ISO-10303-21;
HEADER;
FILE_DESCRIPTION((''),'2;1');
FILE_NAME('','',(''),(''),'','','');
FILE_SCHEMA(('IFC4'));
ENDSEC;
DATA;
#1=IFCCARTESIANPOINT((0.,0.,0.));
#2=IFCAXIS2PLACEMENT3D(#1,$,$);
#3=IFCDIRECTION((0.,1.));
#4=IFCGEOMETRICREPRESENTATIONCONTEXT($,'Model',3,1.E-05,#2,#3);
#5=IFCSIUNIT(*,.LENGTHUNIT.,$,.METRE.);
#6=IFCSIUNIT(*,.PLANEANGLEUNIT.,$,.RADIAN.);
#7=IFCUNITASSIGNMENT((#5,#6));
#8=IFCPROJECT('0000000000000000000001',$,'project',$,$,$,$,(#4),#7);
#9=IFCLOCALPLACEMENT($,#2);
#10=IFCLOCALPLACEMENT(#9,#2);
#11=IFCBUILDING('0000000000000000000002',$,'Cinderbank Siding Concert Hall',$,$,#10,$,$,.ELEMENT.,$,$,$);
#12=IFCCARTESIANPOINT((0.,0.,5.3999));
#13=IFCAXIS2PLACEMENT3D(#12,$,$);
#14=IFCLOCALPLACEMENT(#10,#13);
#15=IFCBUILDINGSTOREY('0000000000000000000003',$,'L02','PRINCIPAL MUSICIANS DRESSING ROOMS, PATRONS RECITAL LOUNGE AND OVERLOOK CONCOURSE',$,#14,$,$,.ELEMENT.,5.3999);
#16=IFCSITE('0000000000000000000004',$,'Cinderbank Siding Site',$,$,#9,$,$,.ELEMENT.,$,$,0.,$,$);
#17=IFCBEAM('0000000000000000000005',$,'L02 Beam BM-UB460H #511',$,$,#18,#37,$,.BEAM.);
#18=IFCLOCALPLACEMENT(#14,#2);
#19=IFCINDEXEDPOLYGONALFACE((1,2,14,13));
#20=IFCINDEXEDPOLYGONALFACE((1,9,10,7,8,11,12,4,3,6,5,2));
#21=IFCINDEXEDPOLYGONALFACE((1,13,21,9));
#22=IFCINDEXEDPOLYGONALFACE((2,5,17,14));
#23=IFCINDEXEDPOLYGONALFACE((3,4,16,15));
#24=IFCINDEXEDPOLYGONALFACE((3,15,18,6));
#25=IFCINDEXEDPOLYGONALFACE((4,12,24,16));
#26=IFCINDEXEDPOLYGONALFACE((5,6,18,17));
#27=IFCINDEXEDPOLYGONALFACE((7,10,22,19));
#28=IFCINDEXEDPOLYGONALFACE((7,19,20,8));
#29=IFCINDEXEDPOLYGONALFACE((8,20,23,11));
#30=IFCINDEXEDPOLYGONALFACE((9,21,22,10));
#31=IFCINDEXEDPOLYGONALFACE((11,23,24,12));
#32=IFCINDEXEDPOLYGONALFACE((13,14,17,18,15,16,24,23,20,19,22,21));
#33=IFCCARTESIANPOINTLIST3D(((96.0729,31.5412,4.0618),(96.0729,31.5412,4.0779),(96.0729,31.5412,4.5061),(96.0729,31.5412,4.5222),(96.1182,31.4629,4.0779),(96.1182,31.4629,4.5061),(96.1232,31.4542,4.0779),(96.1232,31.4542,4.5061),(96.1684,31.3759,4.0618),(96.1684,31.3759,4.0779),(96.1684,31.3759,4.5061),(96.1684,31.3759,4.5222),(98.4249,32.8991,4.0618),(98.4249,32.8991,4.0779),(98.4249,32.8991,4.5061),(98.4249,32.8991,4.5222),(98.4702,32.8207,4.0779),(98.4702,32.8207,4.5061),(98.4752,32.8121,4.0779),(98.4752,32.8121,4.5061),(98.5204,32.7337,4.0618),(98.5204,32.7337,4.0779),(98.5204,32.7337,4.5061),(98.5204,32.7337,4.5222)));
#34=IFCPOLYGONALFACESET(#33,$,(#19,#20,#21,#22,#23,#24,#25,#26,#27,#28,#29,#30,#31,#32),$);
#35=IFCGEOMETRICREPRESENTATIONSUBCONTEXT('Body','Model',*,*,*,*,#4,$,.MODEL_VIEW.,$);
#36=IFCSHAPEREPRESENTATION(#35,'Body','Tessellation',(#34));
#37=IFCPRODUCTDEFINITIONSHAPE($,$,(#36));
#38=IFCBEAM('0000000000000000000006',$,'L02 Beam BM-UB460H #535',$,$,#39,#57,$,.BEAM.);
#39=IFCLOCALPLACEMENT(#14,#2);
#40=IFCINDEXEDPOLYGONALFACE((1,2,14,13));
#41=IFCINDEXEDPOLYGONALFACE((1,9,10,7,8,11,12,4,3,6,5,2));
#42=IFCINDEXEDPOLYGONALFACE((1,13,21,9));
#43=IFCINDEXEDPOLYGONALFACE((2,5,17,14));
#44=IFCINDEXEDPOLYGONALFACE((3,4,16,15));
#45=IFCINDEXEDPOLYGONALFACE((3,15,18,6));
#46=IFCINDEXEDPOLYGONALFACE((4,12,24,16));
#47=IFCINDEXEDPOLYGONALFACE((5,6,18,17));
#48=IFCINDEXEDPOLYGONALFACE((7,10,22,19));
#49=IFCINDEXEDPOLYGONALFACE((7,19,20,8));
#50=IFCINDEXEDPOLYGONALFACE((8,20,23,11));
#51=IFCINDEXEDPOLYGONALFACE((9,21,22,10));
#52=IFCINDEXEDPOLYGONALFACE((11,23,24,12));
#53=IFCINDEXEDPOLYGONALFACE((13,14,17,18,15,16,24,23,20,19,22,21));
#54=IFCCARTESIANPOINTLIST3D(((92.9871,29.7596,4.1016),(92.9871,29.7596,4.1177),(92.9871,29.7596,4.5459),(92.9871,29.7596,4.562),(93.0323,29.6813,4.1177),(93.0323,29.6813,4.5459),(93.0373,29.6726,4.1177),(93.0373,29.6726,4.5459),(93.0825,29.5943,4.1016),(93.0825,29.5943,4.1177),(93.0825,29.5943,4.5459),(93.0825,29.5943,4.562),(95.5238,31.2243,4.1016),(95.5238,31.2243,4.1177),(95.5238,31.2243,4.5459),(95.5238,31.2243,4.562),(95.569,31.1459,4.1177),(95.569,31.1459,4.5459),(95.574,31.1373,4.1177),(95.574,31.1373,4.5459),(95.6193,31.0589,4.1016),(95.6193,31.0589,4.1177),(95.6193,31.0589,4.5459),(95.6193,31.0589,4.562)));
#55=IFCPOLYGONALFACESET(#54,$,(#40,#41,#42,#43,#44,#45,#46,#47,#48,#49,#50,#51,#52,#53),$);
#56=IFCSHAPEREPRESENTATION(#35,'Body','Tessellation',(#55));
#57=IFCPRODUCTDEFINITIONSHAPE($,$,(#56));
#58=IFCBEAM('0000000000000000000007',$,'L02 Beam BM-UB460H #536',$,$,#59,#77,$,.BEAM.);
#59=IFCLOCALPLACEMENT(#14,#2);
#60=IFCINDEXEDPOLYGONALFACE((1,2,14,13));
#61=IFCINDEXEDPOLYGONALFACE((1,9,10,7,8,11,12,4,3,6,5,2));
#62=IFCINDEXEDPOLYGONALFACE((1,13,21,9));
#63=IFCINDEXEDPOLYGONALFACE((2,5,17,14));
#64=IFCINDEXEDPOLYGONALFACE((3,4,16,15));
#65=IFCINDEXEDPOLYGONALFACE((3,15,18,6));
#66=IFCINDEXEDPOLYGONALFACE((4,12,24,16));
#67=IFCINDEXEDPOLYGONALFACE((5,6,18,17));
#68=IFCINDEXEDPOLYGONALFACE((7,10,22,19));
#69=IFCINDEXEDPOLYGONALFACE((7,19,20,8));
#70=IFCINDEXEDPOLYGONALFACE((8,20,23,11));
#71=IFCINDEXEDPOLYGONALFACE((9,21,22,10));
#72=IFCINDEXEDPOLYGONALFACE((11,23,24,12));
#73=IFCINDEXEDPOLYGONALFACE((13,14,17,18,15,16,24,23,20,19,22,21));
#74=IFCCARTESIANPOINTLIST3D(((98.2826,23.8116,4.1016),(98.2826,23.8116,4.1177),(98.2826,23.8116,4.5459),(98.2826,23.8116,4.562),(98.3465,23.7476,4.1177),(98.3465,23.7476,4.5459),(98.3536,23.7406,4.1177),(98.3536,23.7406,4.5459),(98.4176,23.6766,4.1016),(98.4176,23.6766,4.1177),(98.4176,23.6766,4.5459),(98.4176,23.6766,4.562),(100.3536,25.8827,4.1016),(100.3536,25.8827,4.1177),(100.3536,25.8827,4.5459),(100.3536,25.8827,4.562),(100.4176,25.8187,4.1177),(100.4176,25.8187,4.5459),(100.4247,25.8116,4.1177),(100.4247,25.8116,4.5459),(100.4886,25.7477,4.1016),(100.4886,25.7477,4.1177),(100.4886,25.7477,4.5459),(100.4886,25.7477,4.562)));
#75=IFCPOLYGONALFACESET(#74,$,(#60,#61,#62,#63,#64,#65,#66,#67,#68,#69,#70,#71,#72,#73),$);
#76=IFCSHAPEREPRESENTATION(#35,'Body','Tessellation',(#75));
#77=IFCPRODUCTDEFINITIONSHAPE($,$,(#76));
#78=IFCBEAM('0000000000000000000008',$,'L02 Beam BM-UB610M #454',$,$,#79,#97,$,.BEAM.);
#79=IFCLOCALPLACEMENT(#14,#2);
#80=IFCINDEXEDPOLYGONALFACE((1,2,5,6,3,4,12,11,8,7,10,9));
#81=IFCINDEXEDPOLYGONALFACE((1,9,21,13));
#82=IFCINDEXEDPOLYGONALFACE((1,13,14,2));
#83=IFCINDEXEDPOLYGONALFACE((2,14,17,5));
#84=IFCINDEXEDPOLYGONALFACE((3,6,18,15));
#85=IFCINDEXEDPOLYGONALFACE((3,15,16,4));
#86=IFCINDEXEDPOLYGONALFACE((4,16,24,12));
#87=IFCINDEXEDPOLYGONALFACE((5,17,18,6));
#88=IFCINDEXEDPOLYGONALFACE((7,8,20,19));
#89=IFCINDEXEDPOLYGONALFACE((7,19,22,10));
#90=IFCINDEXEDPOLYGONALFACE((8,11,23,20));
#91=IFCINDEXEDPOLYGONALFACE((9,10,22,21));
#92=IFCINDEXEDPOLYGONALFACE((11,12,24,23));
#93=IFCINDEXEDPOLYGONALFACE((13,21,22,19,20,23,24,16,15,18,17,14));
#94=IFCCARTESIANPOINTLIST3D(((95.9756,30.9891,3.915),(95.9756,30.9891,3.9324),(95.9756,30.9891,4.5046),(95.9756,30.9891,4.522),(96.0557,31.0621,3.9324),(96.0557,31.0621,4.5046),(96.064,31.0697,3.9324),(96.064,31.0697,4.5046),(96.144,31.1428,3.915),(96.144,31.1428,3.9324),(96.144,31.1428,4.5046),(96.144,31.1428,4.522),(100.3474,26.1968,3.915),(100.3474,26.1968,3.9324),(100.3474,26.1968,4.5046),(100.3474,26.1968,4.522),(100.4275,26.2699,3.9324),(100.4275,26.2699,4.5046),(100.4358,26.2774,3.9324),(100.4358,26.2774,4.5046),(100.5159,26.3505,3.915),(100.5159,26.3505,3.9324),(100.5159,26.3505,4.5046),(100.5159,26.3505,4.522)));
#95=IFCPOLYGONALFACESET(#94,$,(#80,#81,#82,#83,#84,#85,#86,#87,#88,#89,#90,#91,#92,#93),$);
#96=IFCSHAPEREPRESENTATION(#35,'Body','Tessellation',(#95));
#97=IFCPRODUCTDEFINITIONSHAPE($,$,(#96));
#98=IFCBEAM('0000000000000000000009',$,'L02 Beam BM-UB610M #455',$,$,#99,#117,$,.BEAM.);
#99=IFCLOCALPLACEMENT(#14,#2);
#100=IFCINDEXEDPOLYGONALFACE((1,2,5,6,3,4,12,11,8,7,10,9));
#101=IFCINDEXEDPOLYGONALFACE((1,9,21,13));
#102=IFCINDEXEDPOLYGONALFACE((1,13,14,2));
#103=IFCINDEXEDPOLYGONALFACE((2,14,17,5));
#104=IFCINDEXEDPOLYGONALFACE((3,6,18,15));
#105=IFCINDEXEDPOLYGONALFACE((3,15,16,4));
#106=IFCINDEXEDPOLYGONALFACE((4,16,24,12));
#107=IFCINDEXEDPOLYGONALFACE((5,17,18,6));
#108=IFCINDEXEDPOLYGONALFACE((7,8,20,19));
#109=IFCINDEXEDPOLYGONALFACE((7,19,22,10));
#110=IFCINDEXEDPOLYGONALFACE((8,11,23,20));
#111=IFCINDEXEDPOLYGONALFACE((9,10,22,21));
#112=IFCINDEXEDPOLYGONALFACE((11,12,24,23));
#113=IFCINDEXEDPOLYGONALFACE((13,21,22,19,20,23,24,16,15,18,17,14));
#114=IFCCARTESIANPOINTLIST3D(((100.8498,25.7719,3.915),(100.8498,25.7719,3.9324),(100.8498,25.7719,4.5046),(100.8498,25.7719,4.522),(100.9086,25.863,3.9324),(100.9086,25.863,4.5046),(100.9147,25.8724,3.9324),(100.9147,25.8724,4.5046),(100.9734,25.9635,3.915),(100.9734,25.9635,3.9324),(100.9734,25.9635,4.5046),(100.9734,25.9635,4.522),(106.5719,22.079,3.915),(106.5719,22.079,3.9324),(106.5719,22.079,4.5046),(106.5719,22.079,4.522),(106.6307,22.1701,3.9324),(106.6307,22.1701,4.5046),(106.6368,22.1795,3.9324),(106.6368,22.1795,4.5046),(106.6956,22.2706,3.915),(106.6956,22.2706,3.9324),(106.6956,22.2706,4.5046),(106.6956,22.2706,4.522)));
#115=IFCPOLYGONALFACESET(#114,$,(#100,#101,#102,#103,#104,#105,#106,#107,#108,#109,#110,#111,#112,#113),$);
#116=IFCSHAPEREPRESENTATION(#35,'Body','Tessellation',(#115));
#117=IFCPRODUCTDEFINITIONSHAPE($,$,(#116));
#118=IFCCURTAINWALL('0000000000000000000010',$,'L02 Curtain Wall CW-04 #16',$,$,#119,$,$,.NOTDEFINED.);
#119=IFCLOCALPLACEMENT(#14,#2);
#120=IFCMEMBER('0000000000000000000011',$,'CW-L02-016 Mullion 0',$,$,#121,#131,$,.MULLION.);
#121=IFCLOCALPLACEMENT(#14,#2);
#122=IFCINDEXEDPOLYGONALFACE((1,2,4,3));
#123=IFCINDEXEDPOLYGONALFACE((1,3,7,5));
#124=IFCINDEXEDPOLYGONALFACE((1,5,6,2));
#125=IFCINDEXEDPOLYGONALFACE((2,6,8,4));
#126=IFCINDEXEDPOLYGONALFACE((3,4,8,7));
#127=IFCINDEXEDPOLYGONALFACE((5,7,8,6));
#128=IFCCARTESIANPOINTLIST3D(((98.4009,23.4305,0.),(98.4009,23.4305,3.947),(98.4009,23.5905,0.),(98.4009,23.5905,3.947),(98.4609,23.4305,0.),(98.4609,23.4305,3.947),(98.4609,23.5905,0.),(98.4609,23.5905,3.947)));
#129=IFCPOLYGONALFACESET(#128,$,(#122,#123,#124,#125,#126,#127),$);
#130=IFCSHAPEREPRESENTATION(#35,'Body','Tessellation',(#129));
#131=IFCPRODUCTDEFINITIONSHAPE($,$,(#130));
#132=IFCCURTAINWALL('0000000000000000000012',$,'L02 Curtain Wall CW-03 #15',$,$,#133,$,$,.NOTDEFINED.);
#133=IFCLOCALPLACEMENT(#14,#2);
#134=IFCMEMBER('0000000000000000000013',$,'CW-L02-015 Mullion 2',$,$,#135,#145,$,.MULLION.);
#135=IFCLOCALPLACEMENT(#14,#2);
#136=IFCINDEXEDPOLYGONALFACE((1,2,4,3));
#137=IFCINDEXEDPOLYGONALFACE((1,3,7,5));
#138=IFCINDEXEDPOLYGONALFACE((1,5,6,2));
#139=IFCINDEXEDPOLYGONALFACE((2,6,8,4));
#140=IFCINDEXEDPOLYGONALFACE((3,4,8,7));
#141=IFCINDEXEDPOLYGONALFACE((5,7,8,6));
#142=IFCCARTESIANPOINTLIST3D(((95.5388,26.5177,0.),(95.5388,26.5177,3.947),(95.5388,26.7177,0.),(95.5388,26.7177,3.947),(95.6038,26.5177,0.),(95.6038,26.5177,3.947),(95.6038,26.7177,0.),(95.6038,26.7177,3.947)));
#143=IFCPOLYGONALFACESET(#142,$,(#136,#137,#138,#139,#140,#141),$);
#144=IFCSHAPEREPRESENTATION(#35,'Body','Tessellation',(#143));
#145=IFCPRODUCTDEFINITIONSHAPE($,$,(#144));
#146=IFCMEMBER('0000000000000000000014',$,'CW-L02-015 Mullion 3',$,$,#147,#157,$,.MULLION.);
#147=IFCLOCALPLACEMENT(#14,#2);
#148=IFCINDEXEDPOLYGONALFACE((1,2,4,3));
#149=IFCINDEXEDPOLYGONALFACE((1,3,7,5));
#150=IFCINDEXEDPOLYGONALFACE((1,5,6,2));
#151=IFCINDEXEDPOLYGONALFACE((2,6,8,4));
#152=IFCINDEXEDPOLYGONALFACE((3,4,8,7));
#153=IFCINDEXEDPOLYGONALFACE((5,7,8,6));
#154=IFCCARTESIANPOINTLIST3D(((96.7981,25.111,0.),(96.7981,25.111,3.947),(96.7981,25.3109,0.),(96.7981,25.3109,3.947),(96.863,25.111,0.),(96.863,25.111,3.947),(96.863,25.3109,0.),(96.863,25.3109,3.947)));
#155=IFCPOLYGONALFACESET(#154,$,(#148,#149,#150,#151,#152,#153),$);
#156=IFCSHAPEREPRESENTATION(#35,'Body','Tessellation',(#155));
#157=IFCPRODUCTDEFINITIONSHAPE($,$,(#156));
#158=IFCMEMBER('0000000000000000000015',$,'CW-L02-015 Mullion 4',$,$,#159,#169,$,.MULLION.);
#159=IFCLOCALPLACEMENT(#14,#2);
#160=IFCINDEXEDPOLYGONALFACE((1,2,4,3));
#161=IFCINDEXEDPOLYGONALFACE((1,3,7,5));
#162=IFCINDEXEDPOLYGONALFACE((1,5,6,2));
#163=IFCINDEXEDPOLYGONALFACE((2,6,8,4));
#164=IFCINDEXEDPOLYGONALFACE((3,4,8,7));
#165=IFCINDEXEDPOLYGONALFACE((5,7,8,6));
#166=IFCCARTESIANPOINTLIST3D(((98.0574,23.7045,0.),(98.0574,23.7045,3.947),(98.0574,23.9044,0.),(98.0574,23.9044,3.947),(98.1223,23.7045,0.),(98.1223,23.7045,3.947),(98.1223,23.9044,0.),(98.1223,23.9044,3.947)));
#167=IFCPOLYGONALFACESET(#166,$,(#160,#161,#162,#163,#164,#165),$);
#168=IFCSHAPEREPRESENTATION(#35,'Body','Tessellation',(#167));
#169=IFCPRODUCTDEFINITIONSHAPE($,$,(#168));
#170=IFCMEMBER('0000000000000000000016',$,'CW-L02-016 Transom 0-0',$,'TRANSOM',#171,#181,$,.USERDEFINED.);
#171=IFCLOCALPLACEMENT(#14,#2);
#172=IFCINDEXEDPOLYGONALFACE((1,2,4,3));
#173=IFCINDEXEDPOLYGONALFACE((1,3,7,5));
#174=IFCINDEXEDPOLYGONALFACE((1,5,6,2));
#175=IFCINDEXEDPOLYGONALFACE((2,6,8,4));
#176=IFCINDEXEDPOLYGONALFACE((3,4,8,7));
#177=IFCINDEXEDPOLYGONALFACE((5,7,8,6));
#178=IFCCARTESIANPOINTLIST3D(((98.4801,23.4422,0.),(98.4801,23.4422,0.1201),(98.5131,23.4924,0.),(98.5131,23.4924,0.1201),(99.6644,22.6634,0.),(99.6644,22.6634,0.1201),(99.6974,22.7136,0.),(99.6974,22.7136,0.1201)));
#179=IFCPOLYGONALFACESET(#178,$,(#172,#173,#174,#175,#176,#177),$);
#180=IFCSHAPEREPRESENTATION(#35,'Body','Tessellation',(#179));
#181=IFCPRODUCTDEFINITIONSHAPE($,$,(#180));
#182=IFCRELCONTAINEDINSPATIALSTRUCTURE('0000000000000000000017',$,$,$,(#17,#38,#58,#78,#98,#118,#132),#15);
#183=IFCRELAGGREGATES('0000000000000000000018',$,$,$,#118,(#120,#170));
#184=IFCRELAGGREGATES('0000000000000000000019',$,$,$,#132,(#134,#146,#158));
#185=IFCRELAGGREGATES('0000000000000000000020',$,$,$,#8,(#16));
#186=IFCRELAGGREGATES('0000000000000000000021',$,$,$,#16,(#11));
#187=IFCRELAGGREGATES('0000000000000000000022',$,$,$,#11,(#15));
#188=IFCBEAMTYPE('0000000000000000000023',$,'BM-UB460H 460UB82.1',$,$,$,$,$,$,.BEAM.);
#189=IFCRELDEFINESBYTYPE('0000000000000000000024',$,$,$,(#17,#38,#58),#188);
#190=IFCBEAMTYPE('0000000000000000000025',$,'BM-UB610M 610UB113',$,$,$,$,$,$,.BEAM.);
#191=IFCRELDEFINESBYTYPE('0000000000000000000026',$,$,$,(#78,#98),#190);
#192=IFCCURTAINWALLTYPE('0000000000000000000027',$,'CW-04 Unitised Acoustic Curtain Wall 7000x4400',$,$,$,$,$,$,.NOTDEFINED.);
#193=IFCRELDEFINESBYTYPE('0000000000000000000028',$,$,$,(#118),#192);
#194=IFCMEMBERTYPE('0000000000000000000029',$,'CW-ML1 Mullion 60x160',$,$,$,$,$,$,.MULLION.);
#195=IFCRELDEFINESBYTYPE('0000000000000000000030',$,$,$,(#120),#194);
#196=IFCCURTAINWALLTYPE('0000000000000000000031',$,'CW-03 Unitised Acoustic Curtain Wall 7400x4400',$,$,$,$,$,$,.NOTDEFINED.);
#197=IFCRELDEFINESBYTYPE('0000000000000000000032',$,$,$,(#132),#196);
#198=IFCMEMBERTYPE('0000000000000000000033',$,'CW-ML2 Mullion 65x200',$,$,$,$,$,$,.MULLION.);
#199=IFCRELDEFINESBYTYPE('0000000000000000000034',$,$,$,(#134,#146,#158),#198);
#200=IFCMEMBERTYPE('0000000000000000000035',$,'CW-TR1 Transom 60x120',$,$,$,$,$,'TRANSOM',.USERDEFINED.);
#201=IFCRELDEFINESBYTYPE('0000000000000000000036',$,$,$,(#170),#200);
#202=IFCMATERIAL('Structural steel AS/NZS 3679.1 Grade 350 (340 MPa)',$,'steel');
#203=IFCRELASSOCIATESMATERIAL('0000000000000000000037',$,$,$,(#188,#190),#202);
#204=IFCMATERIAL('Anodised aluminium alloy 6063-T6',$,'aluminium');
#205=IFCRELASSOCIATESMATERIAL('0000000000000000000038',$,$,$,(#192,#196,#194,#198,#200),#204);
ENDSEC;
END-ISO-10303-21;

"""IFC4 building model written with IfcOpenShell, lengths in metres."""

from ifc_helpers import new_model, si_unit, direction, frame, origin, origin_2d, place, context, subcontext, project, spatial, rectangle, i_section, extrude, material, material_profile, profile_set, type_object, element, aggregate, save


model = new_model("IFC4")

# Units and contexts
model_context = context("Model", 3, precision=1e-05, world=origin(), true_north=direction((0.0, 1.0)))
body_context = subcontext(model_context, "Body", "Model", "MODEL_VIEW")
ifc_project = project(units=[si_unit("LENGTHUNIT", "METRE"), si_unit("PLANEANGLEUNIT", "RADIAN")], contexts=[model_context])

# Site, building, storey
site_placement = place(None, origin())
site = spatial("IfcSite", under=ifc_project, at=site_placement, Name="Cinderbank Siding Site", CompositionType="ELEMENT", RefElevation=0.0)
building_placement = place(site_placement, origin())
building = spatial("IfcBuilding", under=site, at=building_placement, Name="Cinderbank Siding Concert Hall", CompositionType="ELEMENT")
storey_placement = place(building_placement, frame((0.0, 0.0, 5.3999)))
storey = spatial("IfcBuildingStorey", under=building, at=storey_placement, Name="L02", Description="PRINCIPAL MUSICIANS DRESSING ROOMS, PATRONS RECITAL LOUNGE AND OVERLOOK CONCOURSE", CompositionType="ELEMENT", Elevation=5.3999)

# Beams
ifc_material_1 = material(Name="Structural steel AS/NZS 3679.1 Grade 350 (340 MPa)", Category="steel")
ifc_material_profile_1 = material_profile(ifc_material_1, i_section(OverallWidth=0.1909, OverallDepth=0.4604, WebThickness=0.01, FlangeThickness=0.0161, at=origin_2d()), Name="460UB82.1", Category="LoadBearing")
ifc_profile_set_1 = profile_set([ifc_material_profile_1], Name="Structural steel AS/NZS 3679.1 Grade 350 (340 MPa)")
beam_type_1 = type_object("IfcBeamType", Name="BM-UB460H 460UB82.1", PredefinedType="BEAM", material=ifc_profile_set_1)
beam_1_placement = place(storey_placement, frame((98.4727, 32.8164, 4.292), z_axis=(-0.866033, -0.499987, 0.0), x_axis=(0.499987, -0.866033, 0.0)))
element("IfcBeam", 1, at=beam_1_placement, inside=storey, type_object=beam_type_1, Name="L02 Beam BM-UB460H #511", PredefinedType="BEAM", context=body_context, shape_type="SweptSolid", body=[
    extrude(i_section(OverallWidth=0.1909, OverallDepth=0.4604, WebThickness=0.01, FlangeThickness=0.0161, at=origin_2d()), origin(), (0.0, 0.0, 1.0), 2.7158),
])
beam_2_placement = place(storey_placement, frame((95.5715, 31.1416, 4.3318), z_axis=(-0.866013, -0.500021, 0.0), x_axis=(0.500021, -0.866013, 0.0)))
element("IfcBeam", 2, at=beam_2_placement, inside=storey, type_object=beam_type_1, Name="L02 Beam BM-UB460H #535", PredefinedType="BEAM", context=body_context, shape_type="SweptSolid", body=[
    extrude(i_section(OverallWidth=0.1909, OverallDepth=0.4604, WebThickness=0.01, FlangeThickness=0.0161, at=origin_2d()), origin(), (0.0, 0.0, 1.0), 2.9292),
])
beam_3_placement = place(storey_placement, frame((100.4211, 25.8152, 4.3318), z_axis=(-0.707107, -0.707107, 0.0), x_axis=(0.707107, -0.707107, 0.0)))
element("IfcBeam", 3, at=beam_3_placement, inside=storey, type_object=beam_type_1, Name="L02 Beam BM-UB460H #536", PredefinedType="BEAM", context=body_context, shape_type="SweptSolid", body=[
    extrude(i_section(OverallWidth=0.1909, OverallDepth=0.4604, WebThickness=0.01, FlangeThickness=0.0161, at=origin_2d()), origin(), (0.0, 0.0, 1.0), 2.929),
])
ifc_material_profile_2 = material_profile(ifc_material_1, i_section(OverallWidth=0.228, OverallDepth=0.6069, WebThickness=0.0112, FlangeThickness=0.0173, at=origin_2d()), Name="610UB113", Category="LoadBearing")
ifc_profile_set_2 = profile_set([ifc_material_profile_2], Name="Structural steel AS/NZS 3679.1 Grade 350 (340 MPa)")
beam_type_2 = type_object("IfcBeamType", Name="BM-UB610M 610UB113", PredefinedType="BEAM", material=ifc_profile_set_2)
beam_4_placement = place(storey_placement, frame((96.0598, 31.0659, 4.2185), z_axis=(0.673959, -0.738769, 0.0), x_axis=(0.738769, 0.673959, 0.0)))
element("IfcBeam", 4, at=beam_4_placement, inside=storey, type_object=beam_type_2, Name="L02 Beam BM-UB610M #454", PredefinedType="BEAM", context=body_context, shape_type="SweptSolid", body=[
    extrude(i_section(OverallWidth=0.228, OverallDepth=0.6069, WebThickness=0.0112, FlangeThickness=0.0173, at=origin_2d()), origin(), (0.0, 0.0, 1.0), 6.4868),
])
beam_5_placement = place(storey_placement, frame((100.9116, 25.8677, 4.2185), z_axis=(0.84022, -0.542246, 0.0), x_axis=(0.542246, 0.84022, 0.0)))
element("IfcBeam", 5, at=beam_5_placement, inside=storey, type_object=beam_type_2, Name="L02 Beam BM-UB610M #455", PredefinedType="BEAM", context=body_context, shape_type="SweptSolid", body=[
    extrude(i_section(OverallWidth=0.228, OverallDepth=0.6069, WebThickness=0.0112, FlangeThickness=0.0173, at=origin_2d()), origin(), (0.0, 0.0, 1.0), 6.8103),
])

# Curtain wall, member
ifc_material_2 = material(Name="Anodised aluminium alloy 6063-T6", Category="aluminium")
curtain_wall_type_1 = type_object("IfcCurtainWallType", Name="CW-04 Unitised Acoustic Curtain Wall 7000x4400", PredefinedType="NOTDEFINED", material=ifc_material_2)
curtain_wall_1_placement = place(storey_placement, origin())
curtain_wall_1 = element("IfcCurtainWall", 6, at=curtain_wall_1_placement, inside=storey, type_object=curtain_wall_type_1, Name="L02 Curtain Wall CW-04 #16", PredefinedType="NOTDEFINED")
ifc_material_profile_3 = material_profile(ifc_material_2, rectangle(XDim=0.0601, YDim=0.1599, at=origin_2d()), Name="ALU-MULL-60x160", Category="LoadBearing")
ifc_profile_set_3 = profile_set([ifc_material_profile_3], Name="Anodised aluminium alloy 6063-T6")
member_type_1 = type_object("IfcMemberType", Name="CW-ML1 Mullion 60x160", PredefinedType="MULLION", material=ifc_profile_set_3)
member_1_placement = place(storey_placement, frame((98.4309, 23.5105, 0.0), z_axis=(0.0, 0.0, 1.0), x_axis=(1.0, 0.0, 0.0)))
member_1 = element("IfcMember", 7, at=member_1_placement, type_object=member_type_1, Name="CW-L02-016 Mullion 0", PredefinedType="MULLION", context=body_context, shape_type="SweptSolid", body=[
    extrude(rectangle(XDim=0.0601, YDim=0.1599, at=origin_2d()), origin(), (0.0, 0.0, 1.0), 3.947),
])

# Curtain wall, members
curtain_wall_type_2 = type_object("IfcCurtainWallType", Name="CW-03 Unitised Acoustic Curtain Wall 7400x4400", PredefinedType="NOTDEFINED", material=ifc_material_2)
curtain_wall_2_placement = place(storey_placement, origin())
curtain_wall_2 = element("IfcCurtainWall", 8, at=curtain_wall_2_placement, inside=storey, type_object=curtain_wall_type_2, Name="L02 Curtain Wall CW-03 #15", PredefinedType="NOTDEFINED")
ifc_material_profile_4 = material_profile(ifc_material_2, rectangle(XDim=0.0649, YDim=0.2, at=origin_2d()), Name="ALU-MULL-65x200", Category="LoadBearing")
ifc_profile_set_4 = profile_set([ifc_material_profile_4], Name="Anodised aluminium alloy 6063-T6")
member_type_2 = type_object("IfcMemberType", Name="CW-ML2 Mullion 65x200", PredefinedType="MULLION", material=ifc_profile_set_4)
member_2_placement = place(storey_placement, frame((95.5713, 26.6177, 0.0), z_axis=(0.0, 0.0, 1.0), x_axis=(1.0, 0.0, 0.0)))
member_2 = element("IfcMember", 9, at=member_2_placement, type_object=member_type_2, Name="CW-L02-015 Mullion 2", PredefinedType="MULLION", context=body_context, shape_type="SweptSolid", body=[
    extrude(rectangle(XDim=0.0649, YDim=0.2, at=origin_2d()), origin(), (0.0, 0.0, 1.0), 3.947),
])
member_3_placement = place(storey_placement, frame((96.8306, 25.2109, 0.0), z_axis=(0.0, 0.0, 1.0), x_axis=(1.0, 0.0, 0.0)))
member_3 = element("IfcMember", 10, at=member_3_placement, type_object=member_type_2, Name="CW-L02-015 Mullion 3", PredefinedType="MULLION", context=body_context, shape_type="SweptSolid", body=[
    extrude(rectangle(XDim=0.0649, YDim=0.2, at=origin_2d()), origin(), (0.0, 0.0, 1.0), 3.947),
])
member_4_placement = place(storey_placement, frame((98.0898, 23.8044, 0.0), z_axis=(0.0, 0.0, 1.0), x_axis=(1.0, 0.0, 0.0)))
member_4 = element("IfcMember", 11, at=member_4_placement, type_object=member_type_2, Name="CW-L02-015 Mullion 4", PredefinedType="MULLION", context=body_context, shape_type="SweptSolid", body=[
    extrude(rectangle(XDim=0.0649, YDim=0.2, at=origin_2d()), origin(), (0.0, 0.0, 1.0), 3.947),
])

# Member
ifc_material_profile_5 = material_profile(ifc_material_2, rectangle(XDim=0.0601, YDim=0.1201, at=origin_2d()), Name="ALU-TRAN-60x120", Category="LoadBearing")
ifc_profile_set_5 = profile_set([ifc_material_profile_5], Name="Anodised aluminium alloy 6063-T6")
member_type_3 = type_object("IfcMemberType", Name="CW-TR1 Transom 60x120", ElementType="TRANSOM", PredefinedType="USERDEFINED", material=ifc_profile_set_5)
member_5_placement = place(storey_placement, frame((98.4966, 23.4673, 0.0601), z_axis=(0.835532, -0.549443, 0.0), x_axis=(0.549443, 0.835532, 0.0)))
member_5 = element("IfcMember", 12, at=member_5_placement, type_object=member_type_3, Name="CW-L02-016 Transom 0-0", ObjectType="TRANSOM", PredefinedType="USERDEFINED", context=body_context, shape_type="SweptSolid", body=[
    extrude(rectangle(XDim=0.0601, YDim=0.1201, at=origin_2d()), origin(), (0.0, 0.0, 1.0), 1.4175),
])

aggregate(curtain_wall_1, [member_1, member_5])
aggregate(curtain_wall_2, [member_2, member_3, member_4])

save(model, "model.ifc")
